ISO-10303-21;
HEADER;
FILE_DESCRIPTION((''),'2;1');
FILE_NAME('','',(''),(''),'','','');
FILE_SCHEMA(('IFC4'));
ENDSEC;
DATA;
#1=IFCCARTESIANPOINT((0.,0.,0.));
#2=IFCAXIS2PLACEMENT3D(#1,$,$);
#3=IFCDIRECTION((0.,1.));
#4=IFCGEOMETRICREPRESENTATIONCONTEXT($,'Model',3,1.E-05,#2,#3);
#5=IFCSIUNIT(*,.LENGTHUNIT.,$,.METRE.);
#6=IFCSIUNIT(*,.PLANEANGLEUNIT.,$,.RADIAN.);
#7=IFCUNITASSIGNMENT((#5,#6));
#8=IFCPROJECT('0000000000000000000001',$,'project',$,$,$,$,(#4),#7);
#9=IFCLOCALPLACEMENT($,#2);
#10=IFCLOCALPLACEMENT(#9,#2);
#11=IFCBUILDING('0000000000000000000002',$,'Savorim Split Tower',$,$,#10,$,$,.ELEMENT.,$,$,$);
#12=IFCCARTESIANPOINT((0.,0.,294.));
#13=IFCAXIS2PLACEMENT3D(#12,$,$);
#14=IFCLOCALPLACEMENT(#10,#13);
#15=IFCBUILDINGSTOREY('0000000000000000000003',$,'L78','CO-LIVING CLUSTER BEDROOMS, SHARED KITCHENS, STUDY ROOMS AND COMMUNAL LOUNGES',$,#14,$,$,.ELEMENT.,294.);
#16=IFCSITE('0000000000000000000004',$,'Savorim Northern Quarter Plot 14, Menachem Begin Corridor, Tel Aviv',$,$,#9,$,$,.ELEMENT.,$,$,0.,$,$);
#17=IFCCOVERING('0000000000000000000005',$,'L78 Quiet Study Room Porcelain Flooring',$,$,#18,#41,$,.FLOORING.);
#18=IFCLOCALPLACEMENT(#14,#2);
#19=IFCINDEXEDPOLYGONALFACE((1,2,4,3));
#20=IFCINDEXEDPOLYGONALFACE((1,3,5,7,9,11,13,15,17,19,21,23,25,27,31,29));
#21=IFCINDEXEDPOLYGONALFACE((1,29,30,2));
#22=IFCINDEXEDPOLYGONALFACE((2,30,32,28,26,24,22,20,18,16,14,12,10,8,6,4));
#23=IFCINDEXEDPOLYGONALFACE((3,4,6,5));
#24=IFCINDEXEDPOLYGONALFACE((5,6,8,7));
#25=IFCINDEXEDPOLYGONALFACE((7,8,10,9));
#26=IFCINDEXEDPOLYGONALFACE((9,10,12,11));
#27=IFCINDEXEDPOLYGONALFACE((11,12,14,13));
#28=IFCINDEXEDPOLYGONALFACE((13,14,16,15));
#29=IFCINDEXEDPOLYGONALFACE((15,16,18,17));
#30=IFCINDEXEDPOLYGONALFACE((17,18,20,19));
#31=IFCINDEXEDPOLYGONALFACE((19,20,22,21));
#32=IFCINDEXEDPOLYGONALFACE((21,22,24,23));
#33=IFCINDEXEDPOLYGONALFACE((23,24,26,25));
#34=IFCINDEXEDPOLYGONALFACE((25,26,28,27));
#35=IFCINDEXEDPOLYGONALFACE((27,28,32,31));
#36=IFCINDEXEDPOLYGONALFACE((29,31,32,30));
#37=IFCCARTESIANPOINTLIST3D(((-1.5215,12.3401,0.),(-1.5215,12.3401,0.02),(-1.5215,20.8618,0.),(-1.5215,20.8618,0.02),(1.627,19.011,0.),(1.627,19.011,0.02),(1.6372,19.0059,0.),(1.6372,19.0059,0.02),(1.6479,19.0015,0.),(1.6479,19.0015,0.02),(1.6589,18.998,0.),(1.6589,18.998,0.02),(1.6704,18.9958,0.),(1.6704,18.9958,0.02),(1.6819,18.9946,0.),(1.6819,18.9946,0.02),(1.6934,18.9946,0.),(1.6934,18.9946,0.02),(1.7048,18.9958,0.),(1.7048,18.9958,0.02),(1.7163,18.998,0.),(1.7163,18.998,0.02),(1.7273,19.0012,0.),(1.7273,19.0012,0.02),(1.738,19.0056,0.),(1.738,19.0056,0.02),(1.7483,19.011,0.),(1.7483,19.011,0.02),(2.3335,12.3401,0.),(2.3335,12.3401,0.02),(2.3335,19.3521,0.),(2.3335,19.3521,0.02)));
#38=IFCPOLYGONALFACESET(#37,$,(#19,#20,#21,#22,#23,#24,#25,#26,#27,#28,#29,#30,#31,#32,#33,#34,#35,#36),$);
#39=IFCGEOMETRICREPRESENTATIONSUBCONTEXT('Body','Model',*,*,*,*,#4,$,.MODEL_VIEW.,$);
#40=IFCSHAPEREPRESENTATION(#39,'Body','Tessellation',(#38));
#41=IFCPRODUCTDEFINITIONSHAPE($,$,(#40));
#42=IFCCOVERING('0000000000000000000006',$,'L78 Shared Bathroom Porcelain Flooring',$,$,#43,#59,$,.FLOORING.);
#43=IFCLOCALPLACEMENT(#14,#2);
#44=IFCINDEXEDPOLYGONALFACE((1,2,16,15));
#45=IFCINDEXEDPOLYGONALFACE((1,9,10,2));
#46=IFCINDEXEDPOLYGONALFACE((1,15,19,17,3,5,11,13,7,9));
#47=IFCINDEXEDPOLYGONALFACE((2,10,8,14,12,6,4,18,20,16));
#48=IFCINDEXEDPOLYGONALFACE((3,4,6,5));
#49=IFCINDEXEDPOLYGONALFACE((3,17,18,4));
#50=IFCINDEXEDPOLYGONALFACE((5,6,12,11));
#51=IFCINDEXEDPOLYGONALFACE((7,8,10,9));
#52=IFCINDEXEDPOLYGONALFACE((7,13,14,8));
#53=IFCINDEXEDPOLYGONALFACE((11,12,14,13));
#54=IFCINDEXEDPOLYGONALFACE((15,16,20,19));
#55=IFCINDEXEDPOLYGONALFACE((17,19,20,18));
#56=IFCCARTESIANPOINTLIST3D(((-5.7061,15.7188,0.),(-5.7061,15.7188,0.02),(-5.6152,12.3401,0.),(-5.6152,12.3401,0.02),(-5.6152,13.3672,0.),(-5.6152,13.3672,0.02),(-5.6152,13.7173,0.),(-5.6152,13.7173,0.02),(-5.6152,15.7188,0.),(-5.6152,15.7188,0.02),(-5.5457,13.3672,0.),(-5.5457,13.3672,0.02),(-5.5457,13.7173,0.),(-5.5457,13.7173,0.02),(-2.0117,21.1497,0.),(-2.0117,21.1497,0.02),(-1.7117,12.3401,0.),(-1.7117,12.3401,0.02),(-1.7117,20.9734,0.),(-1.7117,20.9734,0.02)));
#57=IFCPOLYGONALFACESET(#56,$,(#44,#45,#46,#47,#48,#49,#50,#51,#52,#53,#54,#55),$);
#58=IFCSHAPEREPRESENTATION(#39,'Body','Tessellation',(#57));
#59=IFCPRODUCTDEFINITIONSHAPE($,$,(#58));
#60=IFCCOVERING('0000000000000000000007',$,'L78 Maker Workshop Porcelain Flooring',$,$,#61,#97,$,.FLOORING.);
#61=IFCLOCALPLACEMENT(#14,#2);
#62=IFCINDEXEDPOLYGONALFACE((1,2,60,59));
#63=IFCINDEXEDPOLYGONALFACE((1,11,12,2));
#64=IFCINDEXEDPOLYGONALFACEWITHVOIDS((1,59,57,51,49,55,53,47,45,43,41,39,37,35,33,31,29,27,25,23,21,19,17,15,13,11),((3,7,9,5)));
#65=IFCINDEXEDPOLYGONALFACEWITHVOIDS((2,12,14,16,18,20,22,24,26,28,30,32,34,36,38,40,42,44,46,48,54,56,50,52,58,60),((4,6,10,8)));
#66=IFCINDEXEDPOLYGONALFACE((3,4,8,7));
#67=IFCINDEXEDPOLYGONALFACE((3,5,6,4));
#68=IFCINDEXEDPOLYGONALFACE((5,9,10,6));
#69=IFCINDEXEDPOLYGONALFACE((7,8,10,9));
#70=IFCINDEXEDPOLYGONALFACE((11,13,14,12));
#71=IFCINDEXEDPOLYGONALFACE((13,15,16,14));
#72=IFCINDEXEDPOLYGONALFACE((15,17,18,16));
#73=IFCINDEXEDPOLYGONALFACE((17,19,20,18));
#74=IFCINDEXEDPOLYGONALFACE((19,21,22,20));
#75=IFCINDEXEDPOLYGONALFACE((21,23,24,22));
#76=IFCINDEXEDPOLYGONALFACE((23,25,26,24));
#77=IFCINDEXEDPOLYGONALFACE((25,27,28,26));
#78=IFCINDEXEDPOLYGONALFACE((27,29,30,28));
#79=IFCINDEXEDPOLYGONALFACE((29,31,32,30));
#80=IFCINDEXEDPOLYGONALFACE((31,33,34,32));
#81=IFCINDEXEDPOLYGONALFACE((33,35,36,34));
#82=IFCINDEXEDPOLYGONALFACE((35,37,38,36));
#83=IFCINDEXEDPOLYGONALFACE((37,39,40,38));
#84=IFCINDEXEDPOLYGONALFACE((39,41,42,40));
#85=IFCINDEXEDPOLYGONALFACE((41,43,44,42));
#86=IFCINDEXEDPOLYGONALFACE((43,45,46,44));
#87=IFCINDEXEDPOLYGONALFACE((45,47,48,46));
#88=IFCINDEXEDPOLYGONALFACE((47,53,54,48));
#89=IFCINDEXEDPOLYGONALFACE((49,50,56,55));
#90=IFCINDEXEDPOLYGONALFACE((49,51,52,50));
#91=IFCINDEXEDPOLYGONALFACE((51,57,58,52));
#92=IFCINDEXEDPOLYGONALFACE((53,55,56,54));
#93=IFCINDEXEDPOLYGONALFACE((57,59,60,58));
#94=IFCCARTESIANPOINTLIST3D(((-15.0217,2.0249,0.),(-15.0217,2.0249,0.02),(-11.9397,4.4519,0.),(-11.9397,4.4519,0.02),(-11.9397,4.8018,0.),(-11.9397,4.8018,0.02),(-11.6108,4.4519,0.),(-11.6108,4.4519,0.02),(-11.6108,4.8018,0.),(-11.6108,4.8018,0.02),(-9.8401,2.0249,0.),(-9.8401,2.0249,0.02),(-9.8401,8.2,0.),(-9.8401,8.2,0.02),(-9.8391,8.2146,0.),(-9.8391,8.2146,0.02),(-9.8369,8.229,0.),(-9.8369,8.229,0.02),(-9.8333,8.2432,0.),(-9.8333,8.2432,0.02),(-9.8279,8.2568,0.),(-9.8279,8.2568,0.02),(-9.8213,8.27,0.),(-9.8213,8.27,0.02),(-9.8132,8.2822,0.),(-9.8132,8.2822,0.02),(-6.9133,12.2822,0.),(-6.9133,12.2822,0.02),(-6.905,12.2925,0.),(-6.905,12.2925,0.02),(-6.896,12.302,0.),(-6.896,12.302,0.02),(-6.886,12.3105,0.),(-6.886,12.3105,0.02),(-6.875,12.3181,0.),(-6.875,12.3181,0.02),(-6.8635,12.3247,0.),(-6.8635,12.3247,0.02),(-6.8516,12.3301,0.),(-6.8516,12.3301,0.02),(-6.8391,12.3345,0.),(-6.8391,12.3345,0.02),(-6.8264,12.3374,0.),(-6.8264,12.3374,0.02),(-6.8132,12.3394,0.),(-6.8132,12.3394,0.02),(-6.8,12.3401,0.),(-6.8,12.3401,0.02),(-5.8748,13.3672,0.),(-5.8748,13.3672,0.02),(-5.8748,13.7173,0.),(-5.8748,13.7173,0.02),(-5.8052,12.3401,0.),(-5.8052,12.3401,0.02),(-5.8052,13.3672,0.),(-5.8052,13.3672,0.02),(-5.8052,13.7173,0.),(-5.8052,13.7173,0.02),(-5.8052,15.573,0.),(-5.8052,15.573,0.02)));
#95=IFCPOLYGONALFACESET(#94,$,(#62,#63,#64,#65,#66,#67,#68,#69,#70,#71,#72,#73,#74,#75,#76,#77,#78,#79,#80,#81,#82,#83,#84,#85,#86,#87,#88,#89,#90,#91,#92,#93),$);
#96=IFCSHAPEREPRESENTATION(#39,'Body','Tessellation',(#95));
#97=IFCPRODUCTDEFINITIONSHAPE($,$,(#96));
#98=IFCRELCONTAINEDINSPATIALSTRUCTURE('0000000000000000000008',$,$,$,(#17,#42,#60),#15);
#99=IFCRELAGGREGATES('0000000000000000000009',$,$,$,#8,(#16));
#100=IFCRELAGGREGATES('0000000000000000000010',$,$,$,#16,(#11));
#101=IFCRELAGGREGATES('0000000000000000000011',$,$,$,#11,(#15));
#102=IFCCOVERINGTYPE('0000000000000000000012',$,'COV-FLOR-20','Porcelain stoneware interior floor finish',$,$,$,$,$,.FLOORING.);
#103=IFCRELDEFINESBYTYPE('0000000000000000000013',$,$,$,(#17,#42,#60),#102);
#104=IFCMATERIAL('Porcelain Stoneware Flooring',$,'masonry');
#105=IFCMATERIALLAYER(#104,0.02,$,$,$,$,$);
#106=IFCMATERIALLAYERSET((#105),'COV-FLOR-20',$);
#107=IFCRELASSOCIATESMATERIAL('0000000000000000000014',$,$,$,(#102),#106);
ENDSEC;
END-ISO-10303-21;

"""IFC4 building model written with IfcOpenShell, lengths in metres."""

from ifc_helpers import new_model, si_unit, direction, frame, origin, place, context, subcontext, project, spatial, polyline, outline, extrude, material, layer, layer_set, type_object, element, save


model = new_model("IFC4")

# Units and contexts
model_context = context("Model", 3, precision=1e-05, world=origin(), true_north=direction((0.0, 1.0)))
body_context = subcontext(model_context, "Body", "Model", "MODEL_VIEW")
ifc_project = project(units=[si_unit("LENGTHUNIT", "METRE"), si_unit("PLANEANGLEUNIT", "RADIAN")], contexts=[model_context])

# Site, building, storey
site_placement = place(None, origin())
site = spatial("IfcSite", under=ifc_project, at=site_placement, Name="Savorim Northern Quarter Plot 14, Menachem Begin Corridor, Tel Aviv", CompositionType="ELEMENT", RefElevation=0.0)
building_placement = place(site_placement, origin())
building = spatial("IfcBuilding", under=site, at=building_placement, Name="Savorim Split Tower", CompositionType="ELEMENT")
storey_placement = place(building_placement, frame((0.0, 0.0, 294.0)))
storey = spatial("IfcBuildingStorey", under=building, at=storey_placement, Name="L78", Description="CO-LIVING CLUSTER BEDROOMS, SHARED KITCHENS, STUDY ROOMS AND COMMUNAL LOUNGES", CompositionType="ELEMENT", Elevation=294.0)

# Coverings
ifc_material_1 = material(Name="Porcelain Stoneware Flooring", Category="masonry")
ifc_layer_1 = layer(ifc_material_1, 0.02)
ifc_layer_set_1 = layer_set([ifc_layer_1], Name="COV-FLOR-20")
covering_type_1 = type_object("IfcCoveringType", Name="COV-FLOR-20", Description="Porcelain stoneware interior floor finish", PredefinedType="FLOORING", material=ifc_layer_set_1)
covering_1_placement = place(storey_placement, origin())
element("IfcCovering", 1, at=covering_1_placement, inside=storey, type_object=covering_type_1, Name="L78 Quiet Study Room Porcelain Flooring", PredefinedType="FLOORING", context=body_context, shape_type="SweptSolid", body=[
    extrude(outline(polyline([(1.6479, 19.0015), (1.6372, 19.0059), (1.627, 19.011), (-1.5215, 20.8618), (-1.5215, 12.3401), (2.3335, 12.3401), (2.3335, 19.3521), (1.7483, 19.011), (1.738, 19.0056), (1.7273, 19.0012), (1.7163, 18.998), (1.7048, 18.9958), (1.6934, 18.9946), (1.6819, 18.9946), (1.6704, 18.9958), (1.6589, 18.998), (1.6479, 19.0015)])), origin(), (0.0, 0.0, 1.0), 0.02),
])
covering_2_placement = place(storey_placement, origin())
element("IfcCovering", 2, at=covering_2_placement, inside=storey, type_object=covering_type_1, Name="L78 Shared Bathroom Porcelain Flooring", PredefinedType="FLOORING", context=body_context, shape_type="SweptSolid", body=[
    extrude(outline(polyline([(-5.6152, 12.3401), (-1.7117, 12.3401), (-1.7117, 20.9734), (-2.0117, 21.1497), (-5.7061, 15.7188), (-5.6152, 15.7188), (-5.6152, 13.7173), (-5.5457, 13.7173), (-5.5457, 13.3672), (-5.6152, 13.3672), (-5.6152, 12.3401)])), origin(), (0.0, 0.0, 1.0), 0.02),
])
covering_3_placement = place(storey_placement, origin())
element("IfcCovering", 3, at=covering_3_placement, inside=storey, type_object=covering_type_1, Name="L78 Maker Workshop Porcelain Flooring", PredefinedType="FLOORING", context=body_context, shape_type="SweptSolid", body=[
    extrude(outline(polyline([(-6.8132, 12.3394), (-6.8, 12.3401), (-5.8052, 12.3401), (-5.8052, 13.3672), (-5.8748, 13.3672), (-5.8748, 13.7173), (-5.8052, 13.7173), (-5.8052, 15.573), (-15.0217, 2.0249), (-9.8401, 2.0249), (-9.8401, 8.2), (-9.8391, 8.2146), (-9.8369, 8.229), (-9.8333, 8.2432), (-9.8279, 8.2568), (-9.8213, 8.27), (-9.8132, 8.2822), (-6.9133, 12.2822), (-6.905, 12.2925), (-6.896, 12.302), (-6.886, 12.3105), (-6.875, 12.3181), (-6.8635, 12.3247), (-6.8516, 12.3301), (-6.8391, 12.3345), (-6.8264, 12.3374), (-6.8132, 12.3394)]), holes=[polyline([(-11.6108, 4.4519), (-11.6108, 4.8018), (-11.9397, 4.8018), (-11.9397, 4.4519), (-11.6108, 4.4519)])]), origin(), (0.0, 0.0, 1.0), 0.02),
])

save(model, "model.ifc")
